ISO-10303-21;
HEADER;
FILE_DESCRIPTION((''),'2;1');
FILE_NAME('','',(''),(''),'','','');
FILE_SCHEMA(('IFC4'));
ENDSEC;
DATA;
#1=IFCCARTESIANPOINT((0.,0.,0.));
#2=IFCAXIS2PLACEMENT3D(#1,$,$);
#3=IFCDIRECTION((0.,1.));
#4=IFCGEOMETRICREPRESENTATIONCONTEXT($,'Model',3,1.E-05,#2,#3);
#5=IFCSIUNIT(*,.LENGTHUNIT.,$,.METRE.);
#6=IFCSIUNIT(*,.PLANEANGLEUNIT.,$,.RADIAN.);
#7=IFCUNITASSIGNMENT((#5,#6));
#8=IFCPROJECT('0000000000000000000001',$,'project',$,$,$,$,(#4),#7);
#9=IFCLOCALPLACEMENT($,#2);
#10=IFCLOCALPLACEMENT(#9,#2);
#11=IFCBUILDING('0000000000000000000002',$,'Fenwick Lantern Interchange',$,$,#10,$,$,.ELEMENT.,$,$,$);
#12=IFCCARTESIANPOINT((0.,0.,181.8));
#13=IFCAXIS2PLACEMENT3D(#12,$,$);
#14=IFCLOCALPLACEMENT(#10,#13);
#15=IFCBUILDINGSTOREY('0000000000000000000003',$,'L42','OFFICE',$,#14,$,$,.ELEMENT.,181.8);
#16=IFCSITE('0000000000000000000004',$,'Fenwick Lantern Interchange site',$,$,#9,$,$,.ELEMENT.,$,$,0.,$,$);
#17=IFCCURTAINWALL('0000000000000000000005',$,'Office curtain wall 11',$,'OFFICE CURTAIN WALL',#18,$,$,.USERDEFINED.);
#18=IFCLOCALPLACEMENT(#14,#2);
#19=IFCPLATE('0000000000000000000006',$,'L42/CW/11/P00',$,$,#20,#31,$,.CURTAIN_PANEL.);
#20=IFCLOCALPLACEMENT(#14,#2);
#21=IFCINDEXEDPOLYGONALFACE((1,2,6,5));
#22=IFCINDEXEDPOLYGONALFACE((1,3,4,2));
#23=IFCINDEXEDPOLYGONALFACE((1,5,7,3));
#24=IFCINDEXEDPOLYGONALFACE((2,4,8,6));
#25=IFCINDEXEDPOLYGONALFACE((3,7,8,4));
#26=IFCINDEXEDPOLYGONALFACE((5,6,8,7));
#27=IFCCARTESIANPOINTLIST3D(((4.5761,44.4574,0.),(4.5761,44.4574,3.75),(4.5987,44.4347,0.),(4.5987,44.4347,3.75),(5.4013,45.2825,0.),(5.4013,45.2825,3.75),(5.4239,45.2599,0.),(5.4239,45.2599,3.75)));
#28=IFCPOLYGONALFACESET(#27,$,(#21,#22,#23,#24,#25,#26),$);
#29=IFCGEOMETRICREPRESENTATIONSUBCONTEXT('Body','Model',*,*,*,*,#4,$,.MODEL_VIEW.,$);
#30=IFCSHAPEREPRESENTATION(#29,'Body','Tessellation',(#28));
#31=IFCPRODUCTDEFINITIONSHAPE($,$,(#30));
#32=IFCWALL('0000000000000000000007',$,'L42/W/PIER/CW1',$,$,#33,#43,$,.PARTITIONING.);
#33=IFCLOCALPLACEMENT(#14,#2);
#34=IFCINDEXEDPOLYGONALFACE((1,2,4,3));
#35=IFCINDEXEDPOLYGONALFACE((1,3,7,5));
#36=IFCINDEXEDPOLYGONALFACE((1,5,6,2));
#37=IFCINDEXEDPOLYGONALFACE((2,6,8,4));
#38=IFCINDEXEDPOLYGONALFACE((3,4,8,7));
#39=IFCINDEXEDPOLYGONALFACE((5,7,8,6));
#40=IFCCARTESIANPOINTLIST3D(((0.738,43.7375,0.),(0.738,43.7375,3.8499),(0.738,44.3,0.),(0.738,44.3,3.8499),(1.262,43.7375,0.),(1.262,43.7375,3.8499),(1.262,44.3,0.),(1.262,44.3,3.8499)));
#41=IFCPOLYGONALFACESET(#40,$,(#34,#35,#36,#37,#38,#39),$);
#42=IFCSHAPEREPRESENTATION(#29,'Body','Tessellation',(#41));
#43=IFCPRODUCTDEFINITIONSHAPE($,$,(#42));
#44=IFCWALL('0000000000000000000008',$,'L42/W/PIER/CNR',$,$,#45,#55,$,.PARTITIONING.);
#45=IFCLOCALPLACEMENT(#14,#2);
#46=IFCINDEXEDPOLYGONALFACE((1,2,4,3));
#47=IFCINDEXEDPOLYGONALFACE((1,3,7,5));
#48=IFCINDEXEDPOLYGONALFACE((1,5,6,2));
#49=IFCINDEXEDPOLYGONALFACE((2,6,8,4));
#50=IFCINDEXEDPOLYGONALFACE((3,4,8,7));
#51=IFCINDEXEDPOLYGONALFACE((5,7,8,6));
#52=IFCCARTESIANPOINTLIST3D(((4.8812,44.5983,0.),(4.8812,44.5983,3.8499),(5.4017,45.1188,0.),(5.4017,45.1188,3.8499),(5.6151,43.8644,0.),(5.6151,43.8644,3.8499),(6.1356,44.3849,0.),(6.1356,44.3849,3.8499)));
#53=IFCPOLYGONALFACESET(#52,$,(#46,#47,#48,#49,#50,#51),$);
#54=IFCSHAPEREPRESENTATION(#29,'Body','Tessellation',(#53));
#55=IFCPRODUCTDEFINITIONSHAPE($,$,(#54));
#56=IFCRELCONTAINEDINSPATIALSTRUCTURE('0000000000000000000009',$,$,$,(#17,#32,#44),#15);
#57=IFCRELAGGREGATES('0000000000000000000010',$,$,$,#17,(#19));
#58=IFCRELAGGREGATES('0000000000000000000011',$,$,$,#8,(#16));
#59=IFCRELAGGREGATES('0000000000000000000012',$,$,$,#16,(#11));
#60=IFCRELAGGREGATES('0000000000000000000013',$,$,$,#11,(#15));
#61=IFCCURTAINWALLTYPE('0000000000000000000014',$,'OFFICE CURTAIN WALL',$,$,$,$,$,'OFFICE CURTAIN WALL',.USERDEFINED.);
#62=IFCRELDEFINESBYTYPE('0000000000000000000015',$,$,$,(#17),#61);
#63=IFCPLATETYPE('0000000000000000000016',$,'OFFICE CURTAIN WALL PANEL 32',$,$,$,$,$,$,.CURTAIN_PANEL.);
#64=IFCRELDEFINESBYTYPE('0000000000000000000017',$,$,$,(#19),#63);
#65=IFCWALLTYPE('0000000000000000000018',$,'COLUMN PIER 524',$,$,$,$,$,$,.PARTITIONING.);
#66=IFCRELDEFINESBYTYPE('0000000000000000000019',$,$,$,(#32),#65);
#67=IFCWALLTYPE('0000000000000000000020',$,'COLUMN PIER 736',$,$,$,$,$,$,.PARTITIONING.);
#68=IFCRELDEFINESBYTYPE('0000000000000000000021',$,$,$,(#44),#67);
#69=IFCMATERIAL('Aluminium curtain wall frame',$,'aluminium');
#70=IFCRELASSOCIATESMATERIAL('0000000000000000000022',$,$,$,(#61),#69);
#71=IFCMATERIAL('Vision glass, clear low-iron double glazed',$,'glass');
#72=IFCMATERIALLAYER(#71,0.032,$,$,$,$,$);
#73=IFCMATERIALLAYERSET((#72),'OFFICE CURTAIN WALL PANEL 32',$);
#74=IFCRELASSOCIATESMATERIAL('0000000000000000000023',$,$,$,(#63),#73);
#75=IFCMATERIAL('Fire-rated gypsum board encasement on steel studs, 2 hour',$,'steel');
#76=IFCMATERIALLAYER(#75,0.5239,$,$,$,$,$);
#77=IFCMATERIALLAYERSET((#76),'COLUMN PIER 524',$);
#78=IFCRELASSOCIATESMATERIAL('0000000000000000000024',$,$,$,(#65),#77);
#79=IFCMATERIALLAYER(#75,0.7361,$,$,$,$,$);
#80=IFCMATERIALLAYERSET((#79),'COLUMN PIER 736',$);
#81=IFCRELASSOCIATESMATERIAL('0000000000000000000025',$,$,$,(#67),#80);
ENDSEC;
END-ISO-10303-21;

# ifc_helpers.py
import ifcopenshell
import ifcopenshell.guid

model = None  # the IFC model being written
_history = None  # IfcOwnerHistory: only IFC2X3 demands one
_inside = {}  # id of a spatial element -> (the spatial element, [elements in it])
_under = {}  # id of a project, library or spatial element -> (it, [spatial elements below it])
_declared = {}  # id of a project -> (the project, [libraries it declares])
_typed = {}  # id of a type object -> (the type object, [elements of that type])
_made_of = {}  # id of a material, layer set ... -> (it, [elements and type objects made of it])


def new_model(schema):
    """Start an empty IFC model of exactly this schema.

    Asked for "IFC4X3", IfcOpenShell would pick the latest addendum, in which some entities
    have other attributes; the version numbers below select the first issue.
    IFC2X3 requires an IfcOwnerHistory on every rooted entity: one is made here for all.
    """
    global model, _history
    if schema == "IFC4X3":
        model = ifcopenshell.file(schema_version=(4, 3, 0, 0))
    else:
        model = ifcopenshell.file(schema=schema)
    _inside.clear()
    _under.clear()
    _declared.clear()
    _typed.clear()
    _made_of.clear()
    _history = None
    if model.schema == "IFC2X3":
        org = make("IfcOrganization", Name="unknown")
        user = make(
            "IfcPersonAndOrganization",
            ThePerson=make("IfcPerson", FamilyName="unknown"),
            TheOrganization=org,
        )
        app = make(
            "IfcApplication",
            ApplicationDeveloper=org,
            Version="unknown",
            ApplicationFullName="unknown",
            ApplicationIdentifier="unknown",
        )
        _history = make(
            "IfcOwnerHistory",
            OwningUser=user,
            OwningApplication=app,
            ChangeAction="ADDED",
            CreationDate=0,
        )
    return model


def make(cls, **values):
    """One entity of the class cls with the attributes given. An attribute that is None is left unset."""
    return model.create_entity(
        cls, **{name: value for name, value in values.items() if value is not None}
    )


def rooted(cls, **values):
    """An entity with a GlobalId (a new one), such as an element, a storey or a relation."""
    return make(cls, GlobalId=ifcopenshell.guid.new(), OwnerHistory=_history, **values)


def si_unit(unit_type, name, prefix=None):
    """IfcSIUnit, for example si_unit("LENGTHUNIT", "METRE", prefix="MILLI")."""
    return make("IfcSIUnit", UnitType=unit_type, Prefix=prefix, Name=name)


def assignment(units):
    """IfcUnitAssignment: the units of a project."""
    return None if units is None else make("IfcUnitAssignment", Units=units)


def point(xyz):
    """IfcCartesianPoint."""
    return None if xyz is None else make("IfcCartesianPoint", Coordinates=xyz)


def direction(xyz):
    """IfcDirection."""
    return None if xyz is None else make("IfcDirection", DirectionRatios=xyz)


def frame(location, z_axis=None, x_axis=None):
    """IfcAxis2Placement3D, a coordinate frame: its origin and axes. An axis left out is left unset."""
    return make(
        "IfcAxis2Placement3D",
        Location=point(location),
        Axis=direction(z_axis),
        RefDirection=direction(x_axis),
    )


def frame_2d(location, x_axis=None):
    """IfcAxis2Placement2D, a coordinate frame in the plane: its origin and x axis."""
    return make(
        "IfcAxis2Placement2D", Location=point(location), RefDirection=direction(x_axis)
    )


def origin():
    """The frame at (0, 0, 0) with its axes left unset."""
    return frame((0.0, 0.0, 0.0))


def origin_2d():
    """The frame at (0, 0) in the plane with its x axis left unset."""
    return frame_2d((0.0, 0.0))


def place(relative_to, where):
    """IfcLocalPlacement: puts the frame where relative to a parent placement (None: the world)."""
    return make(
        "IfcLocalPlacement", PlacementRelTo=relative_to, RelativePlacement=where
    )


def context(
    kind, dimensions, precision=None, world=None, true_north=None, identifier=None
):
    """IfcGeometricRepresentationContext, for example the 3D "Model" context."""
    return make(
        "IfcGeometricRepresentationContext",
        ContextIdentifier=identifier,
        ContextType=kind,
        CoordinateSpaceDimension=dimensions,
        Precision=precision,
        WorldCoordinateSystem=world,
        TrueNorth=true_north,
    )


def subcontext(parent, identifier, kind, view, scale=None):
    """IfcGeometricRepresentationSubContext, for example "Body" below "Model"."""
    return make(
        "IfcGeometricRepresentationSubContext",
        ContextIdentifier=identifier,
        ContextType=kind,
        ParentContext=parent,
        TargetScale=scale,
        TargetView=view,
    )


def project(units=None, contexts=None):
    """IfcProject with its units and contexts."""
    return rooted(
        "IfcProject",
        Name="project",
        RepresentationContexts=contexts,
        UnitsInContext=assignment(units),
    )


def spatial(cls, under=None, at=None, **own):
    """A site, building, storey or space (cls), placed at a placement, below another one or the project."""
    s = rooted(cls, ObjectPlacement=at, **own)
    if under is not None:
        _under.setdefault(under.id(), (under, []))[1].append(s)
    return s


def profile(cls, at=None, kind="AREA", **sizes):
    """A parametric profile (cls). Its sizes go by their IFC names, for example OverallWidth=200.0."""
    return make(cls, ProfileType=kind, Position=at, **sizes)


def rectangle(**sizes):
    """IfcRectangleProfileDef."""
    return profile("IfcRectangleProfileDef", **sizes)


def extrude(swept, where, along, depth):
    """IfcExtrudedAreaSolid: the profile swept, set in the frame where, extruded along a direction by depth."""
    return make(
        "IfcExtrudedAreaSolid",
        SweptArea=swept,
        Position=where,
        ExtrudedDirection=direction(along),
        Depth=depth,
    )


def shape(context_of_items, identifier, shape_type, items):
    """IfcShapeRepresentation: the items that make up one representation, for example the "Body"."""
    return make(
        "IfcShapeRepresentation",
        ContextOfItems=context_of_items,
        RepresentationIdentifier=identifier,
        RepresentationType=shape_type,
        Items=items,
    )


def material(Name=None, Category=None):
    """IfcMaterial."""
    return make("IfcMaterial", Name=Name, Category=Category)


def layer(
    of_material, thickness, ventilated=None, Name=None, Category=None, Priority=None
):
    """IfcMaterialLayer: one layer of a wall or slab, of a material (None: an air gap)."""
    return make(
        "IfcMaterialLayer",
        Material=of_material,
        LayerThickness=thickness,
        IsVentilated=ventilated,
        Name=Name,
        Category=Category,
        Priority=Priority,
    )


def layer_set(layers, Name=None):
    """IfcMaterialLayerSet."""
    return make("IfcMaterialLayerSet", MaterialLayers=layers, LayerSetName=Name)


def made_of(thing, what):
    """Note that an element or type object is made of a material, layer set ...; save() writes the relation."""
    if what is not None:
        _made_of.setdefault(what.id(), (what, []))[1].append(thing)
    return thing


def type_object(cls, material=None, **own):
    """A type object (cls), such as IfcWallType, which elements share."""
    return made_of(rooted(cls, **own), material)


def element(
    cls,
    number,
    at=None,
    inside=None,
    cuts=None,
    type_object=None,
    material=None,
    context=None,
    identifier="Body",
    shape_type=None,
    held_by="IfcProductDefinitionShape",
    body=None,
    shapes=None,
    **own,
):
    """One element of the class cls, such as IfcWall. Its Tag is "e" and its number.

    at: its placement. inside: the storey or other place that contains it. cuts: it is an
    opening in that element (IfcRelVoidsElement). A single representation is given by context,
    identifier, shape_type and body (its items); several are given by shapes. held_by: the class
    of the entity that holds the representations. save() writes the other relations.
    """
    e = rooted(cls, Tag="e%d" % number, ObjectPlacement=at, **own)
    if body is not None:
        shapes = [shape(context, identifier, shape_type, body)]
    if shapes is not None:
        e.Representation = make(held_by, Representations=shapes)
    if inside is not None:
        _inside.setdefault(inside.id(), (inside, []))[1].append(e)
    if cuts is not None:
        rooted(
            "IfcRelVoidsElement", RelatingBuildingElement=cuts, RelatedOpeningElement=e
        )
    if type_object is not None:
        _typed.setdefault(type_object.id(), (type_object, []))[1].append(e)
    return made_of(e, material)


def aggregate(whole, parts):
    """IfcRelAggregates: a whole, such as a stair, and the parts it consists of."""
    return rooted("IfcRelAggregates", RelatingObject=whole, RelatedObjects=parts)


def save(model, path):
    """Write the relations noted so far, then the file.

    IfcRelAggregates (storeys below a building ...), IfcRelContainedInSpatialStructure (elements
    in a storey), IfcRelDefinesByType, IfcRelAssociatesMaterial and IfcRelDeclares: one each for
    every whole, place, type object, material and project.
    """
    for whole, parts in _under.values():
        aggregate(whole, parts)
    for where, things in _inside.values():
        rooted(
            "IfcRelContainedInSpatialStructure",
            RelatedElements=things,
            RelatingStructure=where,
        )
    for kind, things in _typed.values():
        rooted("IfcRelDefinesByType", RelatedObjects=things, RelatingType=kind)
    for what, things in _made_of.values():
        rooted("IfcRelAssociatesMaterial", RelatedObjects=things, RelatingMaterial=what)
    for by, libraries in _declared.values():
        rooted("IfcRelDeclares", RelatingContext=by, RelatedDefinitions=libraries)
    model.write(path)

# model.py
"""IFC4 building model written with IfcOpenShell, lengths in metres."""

from ifc_helpers import new_model, si_unit, direction, frame, frame_2d, origin, origin_2d, place, context, subcontext, project, spatial, rectangle, extrude, material, layer, layer_set, type_object, element, aggregate, save


model = new_model("IFC4")

# Units and contexts
model_context = context("Model", 3, precision=1e-05, world=origin(), true_north=direction((0.0, 1.0)))
body_context = subcontext(model_context, "Body", "Model", "MODEL_VIEW")
ifc_project = project(units=[si_unit("LENGTHUNIT", "METRE"), si_unit("PLANEANGLEUNIT", "RADIAN")], contexts=[model_context])

# Site, building, storey
site_placement = place(None, origin())
site = spatial("IfcSite", under=ifc_project, at=site_placement, Name="Fenwick Lantern Interchange site", CompositionType="ELEMENT", RefElevation=0.0)
building_placement = place(site_placement, origin())
building = spatial("IfcBuilding", under=site, at=building_placement, Name="Fenwick Lantern Interchange", CompositionType="ELEMENT")
storey_placement = place(building_placement, frame((0.0, 0.0, 181.8)))
storey = spatial("IfcBuildingStorey", under=building, at=storey_placement, Name="L42", Description="OFFICE", CompositionType="ELEMENT", Elevation=181.8)

# Shared definitions
ifc_material_1 = material(Name="Aluminium curtain wall frame", Category="aluminium")
curtain_wall_type = type_object("IfcCurtainWallType", Name="OFFICE CURTAIN WALL", ElementType="OFFICE CURTAIN WALL", PredefinedType="USERDEFINED", material=ifc_material_1)

# Curtain wall
curtain_wall_1_placement = place(storey_placement, origin())
curtain_wall_1 = element("IfcCurtainWall", 1, at=curtain_wall_1_placement, inside=storey, type_object=curtain_wall_type, Name="Office curtain wall 11", ObjectType="OFFICE CURTAIN WALL", PredefinedType="USERDEFINED")

# Plate
ifc_material_2 = material(Name="Vision glass, clear low-iron double glazed", Category="glass")
ifc_layer_1 = layer(ifc_material_2, 0.032)
ifc_layer_set_1 = layer_set([ifc_layer_1], Name="OFFICE CURTAIN WALL PANEL 32")
plate_type = type_object("IfcPlateType", Name="OFFICE CURTAIN WALL PANEL 32", PredefinedType="CURTAIN_PANEL", material=ifc_layer_set_1)
plate_1_placement = place(storey_placement, frame((5.0, 44.8586, 0.0), z_axis=(0.0, 0.0, 1.0), x_axis=(-0.707107, -0.707107, 0.0)))
plate_1 = element("IfcPlate", 2, at=plate_1_placement, type_object=plate_type, Name="L42/CW/11/P00", PredefinedType="CURTAIN_PANEL", context=body_context, shape_type="SweptSolid", body=[
    extrude(rectangle(XDim=1.167, YDim=0.032, at=origin_2d()), origin(), (0.0, 0.0, 1.0), 3.75),
])
aggregate(curtain_wall_1, [plate_1])

# Walls
ifc_material_3 = material(Name="Fire-rated gypsum board encasement on steel studs, 2 hour", Category="steel")
ifc_layer_2 = layer(ifc_material_3, 0.5239)
ifc_layer_set_2 = layer_set([ifc_layer_2], Name="COLUMN PIER 524")
wall_type_1 = type_object("IfcWallType", Name="COLUMN PIER 524", PredefinedType="PARTITIONING", material=ifc_layer_set_2)
wall_1_placement = place(storey_placement, frame((1.0, 44.3, 0.0), z_axis=(0.0, 0.0, 1.0), x_axis=(0.0, -1.0, 0.0)))
element("IfcWall", 3, at=wall_1_placement, inside=storey, type_object=wall_type_1, Name="L42/W/PIER/CW1", PredefinedType="PARTITIONING", context=body_context, shape_type="SweptSolid", body=[
    extrude(rectangle(XDim=0.5625, YDim=0.5239, at=frame_2d((0.2812, 0.0))), origin(), (0.0, 0.0, 1.0), 3.8499),
])
ifc_layer_3 = layer(ifc_material_3, 0.7361)
ifc_layer_set_3 = layer_set([ifc_layer_3], Name="COLUMN PIER 736")
wall_type_2 = type_object("IfcWallType", Name="COLUMN PIER 736", PredefinedType="PARTITIONING", material=ifc_layer_set_3)
wall_2_placement = place(storey_placement, frame((5.1414, 44.8586, 0.0), z_axis=(0.0, 0.0, 1.0), x_axis=(0.707107, -0.707107, 0.0)))
element("IfcWall", 4, at=wall_2_placement, inside=storey, type_object=wall_type_2, Name="L42/W/PIER/CNR", PredefinedType="PARTITIONING", context=body_context, shape_type="SweptSolid", body=[
    extrude(rectangle(XDim=1.0378, YDim=0.7361, at=frame_2d((0.519, 0.0))), origin(), (0.0, 0.0, 1.0), 3.8499),
])

save(model, "model.ifc")
